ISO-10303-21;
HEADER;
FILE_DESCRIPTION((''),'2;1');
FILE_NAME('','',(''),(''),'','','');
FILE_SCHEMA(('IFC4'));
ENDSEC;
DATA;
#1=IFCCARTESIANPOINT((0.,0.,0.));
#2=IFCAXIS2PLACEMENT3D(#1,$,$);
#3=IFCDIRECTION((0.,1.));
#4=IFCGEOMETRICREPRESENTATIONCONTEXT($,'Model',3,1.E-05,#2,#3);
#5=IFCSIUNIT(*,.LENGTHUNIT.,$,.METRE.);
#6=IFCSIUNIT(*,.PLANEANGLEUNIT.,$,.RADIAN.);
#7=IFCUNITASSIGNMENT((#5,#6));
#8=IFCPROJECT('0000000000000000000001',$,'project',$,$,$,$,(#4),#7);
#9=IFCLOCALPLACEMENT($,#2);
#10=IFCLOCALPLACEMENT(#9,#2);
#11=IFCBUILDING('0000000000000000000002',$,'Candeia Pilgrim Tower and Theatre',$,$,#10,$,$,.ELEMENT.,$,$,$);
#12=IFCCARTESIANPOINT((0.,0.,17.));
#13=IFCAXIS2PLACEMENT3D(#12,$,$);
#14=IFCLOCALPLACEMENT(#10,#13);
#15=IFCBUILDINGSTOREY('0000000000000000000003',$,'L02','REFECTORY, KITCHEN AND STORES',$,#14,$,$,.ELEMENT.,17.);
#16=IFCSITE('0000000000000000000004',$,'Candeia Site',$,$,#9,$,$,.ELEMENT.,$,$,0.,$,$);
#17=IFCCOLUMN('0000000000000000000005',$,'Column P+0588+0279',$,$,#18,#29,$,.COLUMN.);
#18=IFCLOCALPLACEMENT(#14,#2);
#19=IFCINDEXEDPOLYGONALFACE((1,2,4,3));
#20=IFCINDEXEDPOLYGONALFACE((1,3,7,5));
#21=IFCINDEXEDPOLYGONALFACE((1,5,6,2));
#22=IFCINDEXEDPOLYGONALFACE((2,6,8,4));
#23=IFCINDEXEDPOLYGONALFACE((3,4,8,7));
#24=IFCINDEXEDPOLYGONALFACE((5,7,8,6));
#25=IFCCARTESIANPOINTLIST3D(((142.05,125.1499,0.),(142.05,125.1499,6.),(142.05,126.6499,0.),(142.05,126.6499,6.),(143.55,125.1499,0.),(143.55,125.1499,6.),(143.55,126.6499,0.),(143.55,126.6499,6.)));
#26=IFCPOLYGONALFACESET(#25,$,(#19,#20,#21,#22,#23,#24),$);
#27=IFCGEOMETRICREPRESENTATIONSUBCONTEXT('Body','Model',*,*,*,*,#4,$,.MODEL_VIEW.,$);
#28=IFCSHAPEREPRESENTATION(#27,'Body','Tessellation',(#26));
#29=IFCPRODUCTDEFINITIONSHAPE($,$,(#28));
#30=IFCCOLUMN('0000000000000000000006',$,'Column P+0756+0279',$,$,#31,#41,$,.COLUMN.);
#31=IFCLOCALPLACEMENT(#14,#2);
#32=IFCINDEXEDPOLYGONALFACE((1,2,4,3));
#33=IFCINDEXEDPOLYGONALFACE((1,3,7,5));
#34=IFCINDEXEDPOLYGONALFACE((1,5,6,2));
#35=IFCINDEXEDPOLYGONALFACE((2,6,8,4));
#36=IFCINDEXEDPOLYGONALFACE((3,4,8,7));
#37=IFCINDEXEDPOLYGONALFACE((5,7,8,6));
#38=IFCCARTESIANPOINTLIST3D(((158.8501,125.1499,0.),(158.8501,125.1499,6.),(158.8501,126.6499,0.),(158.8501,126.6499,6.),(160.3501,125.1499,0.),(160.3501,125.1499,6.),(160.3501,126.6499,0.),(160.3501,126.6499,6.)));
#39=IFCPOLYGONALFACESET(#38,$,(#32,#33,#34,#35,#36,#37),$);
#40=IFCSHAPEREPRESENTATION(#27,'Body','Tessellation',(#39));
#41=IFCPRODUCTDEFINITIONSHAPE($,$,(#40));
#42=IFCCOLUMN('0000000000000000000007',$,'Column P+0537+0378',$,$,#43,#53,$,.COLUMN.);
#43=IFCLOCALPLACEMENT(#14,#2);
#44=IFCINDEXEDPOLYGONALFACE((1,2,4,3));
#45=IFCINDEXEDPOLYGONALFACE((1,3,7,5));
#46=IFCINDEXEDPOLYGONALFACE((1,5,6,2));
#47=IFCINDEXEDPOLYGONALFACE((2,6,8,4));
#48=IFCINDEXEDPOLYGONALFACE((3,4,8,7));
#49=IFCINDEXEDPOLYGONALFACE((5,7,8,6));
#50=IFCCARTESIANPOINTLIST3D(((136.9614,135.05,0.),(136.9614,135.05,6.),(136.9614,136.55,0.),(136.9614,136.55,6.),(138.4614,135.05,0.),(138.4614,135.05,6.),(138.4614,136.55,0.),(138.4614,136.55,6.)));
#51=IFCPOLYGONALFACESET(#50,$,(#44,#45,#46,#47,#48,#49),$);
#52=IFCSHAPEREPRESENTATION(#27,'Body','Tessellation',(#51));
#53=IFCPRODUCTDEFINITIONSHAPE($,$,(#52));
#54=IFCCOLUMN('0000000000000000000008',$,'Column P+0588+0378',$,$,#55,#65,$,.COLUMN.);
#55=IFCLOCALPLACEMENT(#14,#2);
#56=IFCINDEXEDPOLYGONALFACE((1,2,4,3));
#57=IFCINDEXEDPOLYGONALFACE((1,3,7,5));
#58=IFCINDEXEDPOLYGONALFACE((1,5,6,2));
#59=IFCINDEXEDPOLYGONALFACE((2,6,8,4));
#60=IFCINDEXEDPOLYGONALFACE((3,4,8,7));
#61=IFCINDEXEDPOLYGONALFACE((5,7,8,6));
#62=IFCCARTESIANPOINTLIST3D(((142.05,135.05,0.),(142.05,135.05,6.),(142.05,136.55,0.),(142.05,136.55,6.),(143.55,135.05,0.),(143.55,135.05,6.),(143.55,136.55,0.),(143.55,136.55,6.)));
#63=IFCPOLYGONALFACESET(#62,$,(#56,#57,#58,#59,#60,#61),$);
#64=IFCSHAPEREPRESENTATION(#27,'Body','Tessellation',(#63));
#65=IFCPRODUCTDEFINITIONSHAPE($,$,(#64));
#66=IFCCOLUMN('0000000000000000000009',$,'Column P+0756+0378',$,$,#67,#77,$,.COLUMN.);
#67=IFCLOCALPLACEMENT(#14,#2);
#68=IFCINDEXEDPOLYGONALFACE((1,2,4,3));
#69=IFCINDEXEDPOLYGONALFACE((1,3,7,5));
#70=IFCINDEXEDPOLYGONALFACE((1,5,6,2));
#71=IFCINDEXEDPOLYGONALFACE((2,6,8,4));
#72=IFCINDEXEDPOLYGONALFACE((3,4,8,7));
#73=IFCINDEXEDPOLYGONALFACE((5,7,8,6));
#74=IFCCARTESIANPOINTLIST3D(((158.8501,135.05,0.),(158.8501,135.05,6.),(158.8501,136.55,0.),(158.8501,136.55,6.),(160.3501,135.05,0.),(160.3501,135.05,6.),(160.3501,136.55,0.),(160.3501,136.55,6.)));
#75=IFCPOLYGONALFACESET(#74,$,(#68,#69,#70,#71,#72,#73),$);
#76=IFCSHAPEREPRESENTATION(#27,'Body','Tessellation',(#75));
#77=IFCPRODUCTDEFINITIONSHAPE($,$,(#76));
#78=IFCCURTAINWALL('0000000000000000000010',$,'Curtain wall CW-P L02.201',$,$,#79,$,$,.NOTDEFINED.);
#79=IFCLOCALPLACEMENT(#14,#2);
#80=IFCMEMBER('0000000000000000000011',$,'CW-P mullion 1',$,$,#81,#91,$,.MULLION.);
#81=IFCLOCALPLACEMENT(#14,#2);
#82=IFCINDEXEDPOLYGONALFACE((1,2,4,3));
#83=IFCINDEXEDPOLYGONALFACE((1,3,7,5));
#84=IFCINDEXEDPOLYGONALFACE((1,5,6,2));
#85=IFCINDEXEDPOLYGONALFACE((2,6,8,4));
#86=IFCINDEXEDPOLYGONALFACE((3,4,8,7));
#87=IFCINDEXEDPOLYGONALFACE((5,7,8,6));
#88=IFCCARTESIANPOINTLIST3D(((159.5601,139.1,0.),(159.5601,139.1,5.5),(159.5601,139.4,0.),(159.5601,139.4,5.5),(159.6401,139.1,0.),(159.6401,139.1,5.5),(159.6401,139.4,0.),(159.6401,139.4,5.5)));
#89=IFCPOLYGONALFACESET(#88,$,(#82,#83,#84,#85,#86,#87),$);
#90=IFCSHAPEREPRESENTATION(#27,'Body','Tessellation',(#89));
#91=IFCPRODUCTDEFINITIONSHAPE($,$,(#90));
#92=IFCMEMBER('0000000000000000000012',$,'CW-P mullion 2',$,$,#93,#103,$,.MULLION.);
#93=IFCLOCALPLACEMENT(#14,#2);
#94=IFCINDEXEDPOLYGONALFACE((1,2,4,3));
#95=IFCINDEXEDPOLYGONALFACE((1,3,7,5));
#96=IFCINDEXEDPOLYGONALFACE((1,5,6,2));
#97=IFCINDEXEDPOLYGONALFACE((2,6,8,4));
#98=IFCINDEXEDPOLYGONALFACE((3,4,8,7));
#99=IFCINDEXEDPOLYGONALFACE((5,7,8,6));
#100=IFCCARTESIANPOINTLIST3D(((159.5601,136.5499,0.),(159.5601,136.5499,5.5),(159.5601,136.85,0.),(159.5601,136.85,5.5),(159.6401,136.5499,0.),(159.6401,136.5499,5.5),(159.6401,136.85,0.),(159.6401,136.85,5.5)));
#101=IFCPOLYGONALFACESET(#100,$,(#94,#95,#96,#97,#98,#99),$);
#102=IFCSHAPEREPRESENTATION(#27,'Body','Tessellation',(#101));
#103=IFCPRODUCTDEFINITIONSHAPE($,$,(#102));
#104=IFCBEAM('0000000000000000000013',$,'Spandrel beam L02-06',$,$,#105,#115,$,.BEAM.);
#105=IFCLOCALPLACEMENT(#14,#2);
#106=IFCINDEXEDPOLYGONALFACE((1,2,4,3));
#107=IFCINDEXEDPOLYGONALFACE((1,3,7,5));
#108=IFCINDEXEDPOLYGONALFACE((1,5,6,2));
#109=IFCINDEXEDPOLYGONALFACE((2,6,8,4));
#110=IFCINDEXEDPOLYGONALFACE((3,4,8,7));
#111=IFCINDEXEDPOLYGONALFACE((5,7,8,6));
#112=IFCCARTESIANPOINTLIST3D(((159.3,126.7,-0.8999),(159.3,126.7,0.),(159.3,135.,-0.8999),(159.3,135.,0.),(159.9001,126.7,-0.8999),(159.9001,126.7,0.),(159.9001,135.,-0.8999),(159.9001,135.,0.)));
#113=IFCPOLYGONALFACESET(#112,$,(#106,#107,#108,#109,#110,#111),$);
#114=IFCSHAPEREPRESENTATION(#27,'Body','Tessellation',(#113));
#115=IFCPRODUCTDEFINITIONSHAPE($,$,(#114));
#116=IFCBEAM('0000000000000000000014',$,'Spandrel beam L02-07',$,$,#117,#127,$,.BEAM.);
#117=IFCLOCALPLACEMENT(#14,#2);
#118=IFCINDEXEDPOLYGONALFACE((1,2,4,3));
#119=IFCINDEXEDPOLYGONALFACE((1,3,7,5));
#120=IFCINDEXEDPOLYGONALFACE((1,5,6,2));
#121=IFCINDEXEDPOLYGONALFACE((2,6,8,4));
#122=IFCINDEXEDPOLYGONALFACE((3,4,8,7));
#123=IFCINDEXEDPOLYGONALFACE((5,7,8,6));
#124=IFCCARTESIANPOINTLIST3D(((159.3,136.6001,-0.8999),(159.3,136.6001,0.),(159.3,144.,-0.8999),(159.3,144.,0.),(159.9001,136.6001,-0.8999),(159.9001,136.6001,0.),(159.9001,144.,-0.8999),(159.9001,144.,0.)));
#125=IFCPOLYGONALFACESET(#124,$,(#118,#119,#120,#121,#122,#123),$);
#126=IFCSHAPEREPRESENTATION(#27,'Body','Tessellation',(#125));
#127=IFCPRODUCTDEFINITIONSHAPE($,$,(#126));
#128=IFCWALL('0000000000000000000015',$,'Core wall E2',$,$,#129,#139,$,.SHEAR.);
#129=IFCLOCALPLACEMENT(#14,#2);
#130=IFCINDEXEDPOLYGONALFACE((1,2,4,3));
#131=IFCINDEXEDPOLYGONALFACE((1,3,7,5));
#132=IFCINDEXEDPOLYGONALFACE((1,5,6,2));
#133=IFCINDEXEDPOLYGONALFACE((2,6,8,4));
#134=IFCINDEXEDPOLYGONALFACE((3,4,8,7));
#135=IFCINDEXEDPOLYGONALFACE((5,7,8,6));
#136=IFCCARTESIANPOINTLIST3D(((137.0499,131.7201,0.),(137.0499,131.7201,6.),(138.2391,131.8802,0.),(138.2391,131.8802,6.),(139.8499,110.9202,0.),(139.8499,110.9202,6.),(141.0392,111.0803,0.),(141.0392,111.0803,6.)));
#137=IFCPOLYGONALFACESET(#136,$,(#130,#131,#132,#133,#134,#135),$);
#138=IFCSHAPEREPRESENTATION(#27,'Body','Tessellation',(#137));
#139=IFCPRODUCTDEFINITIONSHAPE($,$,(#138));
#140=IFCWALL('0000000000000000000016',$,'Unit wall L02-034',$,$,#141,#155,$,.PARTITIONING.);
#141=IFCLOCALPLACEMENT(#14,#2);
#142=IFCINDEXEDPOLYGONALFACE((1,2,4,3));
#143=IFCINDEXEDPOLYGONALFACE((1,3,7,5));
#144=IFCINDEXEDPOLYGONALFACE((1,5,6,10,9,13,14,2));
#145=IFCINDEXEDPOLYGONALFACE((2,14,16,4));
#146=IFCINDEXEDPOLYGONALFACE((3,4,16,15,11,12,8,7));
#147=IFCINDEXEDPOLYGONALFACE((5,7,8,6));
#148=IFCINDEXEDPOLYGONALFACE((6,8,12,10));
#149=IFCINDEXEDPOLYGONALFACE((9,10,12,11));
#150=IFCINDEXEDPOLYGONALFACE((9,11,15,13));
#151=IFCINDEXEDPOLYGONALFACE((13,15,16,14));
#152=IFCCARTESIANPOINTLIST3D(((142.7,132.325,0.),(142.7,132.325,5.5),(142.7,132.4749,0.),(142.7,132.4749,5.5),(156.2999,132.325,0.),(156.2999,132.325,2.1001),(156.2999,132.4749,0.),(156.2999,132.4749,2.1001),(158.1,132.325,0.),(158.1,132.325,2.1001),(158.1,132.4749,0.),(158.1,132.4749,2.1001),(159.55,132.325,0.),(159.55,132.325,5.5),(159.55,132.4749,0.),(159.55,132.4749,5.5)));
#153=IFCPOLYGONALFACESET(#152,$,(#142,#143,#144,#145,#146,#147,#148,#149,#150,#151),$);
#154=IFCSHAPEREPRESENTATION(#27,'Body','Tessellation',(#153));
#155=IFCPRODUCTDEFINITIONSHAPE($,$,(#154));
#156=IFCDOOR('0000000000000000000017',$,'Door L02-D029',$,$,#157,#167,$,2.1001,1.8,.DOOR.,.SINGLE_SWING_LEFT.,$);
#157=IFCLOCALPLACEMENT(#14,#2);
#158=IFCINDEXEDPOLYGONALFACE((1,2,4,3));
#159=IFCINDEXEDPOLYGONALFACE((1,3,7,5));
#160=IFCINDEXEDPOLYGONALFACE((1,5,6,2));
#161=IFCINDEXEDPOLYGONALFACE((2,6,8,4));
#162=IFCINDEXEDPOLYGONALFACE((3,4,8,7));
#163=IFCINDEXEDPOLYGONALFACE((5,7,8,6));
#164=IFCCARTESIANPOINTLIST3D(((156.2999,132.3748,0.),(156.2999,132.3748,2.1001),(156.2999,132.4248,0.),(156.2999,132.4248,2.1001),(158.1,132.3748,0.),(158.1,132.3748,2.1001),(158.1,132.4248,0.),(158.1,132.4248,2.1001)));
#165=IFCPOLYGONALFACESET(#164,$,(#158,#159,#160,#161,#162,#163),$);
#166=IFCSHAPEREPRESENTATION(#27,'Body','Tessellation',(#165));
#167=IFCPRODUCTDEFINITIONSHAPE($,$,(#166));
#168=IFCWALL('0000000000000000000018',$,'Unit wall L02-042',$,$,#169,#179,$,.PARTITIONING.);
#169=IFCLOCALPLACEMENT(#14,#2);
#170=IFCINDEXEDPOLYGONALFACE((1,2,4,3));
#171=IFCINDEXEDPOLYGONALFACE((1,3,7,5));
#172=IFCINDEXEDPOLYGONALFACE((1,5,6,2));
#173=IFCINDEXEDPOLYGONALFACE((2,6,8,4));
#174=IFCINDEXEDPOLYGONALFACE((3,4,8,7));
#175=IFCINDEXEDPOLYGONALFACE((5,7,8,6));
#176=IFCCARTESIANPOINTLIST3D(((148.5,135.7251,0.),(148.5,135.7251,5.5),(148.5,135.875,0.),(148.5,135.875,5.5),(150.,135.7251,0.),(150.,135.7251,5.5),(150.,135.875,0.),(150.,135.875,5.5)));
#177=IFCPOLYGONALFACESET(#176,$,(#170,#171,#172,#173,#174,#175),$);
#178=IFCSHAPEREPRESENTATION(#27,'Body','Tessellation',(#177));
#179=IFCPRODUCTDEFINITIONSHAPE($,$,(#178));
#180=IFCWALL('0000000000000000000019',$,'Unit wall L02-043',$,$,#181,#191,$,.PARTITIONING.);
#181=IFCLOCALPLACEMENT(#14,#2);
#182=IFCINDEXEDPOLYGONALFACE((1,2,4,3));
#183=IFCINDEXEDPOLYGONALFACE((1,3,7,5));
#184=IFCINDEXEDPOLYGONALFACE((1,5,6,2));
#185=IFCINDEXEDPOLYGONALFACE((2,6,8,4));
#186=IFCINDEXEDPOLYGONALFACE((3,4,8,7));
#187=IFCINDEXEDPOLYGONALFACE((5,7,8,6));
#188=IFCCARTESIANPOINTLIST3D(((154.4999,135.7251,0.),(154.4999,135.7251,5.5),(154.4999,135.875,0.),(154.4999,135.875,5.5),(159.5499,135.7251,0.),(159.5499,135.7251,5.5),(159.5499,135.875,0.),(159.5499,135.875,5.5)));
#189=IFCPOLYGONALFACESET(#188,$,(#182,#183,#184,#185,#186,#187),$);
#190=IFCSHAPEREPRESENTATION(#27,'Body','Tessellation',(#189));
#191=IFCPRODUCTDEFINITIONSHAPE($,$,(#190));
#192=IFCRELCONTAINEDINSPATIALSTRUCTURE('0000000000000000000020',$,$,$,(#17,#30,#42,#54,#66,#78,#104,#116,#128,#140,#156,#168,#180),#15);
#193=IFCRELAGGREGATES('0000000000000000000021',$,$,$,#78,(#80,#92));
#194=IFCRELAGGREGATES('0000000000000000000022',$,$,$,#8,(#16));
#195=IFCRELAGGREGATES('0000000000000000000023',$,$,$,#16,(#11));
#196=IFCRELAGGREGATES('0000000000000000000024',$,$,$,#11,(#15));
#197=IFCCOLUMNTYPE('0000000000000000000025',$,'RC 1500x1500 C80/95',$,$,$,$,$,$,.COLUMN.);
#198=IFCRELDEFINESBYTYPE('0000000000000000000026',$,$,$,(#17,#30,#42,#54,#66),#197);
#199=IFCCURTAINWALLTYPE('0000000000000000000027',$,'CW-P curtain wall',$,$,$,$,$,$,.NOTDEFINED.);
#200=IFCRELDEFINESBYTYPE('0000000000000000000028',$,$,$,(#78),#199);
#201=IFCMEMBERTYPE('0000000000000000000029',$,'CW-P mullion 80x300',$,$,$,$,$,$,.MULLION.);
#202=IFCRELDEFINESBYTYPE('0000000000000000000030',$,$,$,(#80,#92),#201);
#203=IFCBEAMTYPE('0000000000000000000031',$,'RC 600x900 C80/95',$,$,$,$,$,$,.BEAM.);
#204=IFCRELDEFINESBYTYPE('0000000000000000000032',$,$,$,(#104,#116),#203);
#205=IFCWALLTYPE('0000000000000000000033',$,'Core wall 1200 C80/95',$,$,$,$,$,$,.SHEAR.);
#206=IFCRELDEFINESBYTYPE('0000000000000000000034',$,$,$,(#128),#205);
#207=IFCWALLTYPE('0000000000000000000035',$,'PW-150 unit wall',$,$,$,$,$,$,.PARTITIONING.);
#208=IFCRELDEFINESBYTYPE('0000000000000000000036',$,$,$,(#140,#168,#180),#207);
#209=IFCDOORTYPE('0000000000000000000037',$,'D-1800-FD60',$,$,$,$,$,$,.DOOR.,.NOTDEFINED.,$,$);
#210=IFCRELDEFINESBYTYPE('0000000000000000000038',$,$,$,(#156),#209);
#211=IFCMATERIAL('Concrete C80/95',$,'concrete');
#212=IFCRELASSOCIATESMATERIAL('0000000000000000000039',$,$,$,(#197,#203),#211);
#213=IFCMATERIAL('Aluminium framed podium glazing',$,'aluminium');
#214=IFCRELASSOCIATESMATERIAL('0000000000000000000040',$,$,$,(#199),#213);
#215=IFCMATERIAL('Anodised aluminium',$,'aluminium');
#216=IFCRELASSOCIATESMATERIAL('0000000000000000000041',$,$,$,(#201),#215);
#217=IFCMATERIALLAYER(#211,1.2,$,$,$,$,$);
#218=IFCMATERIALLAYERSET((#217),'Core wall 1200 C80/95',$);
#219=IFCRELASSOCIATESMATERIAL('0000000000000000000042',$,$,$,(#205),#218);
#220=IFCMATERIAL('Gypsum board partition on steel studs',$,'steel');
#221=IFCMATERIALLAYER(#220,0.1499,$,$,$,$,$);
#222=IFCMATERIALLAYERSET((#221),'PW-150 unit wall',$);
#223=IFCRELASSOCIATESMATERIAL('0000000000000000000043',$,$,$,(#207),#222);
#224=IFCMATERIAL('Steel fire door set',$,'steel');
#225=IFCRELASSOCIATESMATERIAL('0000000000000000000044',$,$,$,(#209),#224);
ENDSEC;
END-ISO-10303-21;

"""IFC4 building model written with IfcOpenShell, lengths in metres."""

from ifc_helpers import new_model, si_unit, direction, frame, frame_2d, origin, origin_2d, place, context, subcontext, project, spatial, rectangle, extrude, material, layer, layer_set, material_profile, profile_set, type_object, element, fill, aggregate, save


model = new_model("IFC4")

# Units and contexts
model_context = context("Model", 3, precision=1e-05, world=origin(), true_north=direction((0.0, 1.0)))
body_context = subcontext(model_context, "Body", "Model", "MODEL_VIEW")
ifc_project = project(units=[si_unit("LENGTHUNIT", "METRE"), si_unit("PLANEANGLEUNIT", "RADIAN")], contexts=[model_context])

# Site, building, storey
site_placement = place(None, origin())
site = spatial("IfcSite", under=ifc_project, at=site_placement, Name="Candeia Site", CompositionType="ELEMENT", RefElevation=0.0)
building_placement = place(site_placement, origin())
building = spatial("IfcBuilding", under=site, at=building_placement, Name="Candeia Pilgrim Tower and Theatre", CompositionType="ELEMENT")
storey_placement = place(building_placement, frame((0.0, 0.0, 17.0)))
storey = spatial("IfcBuildingStorey", under=building, at=storey_placement, Name="L02", Description="REFECTORY, KITCHEN AND STORES", CompositionType="ELEMENT", Elevation=17.0)

# Columns
ifc_material_1 = material(Name="Concrete C80/95", Category="concrete")
ifc_material_profile_1 = material_profile(ifc_material_1, rectangle(XDim=1.5, YDim=1.5, at=origin_2d()))
ifc_profile_set_1 = profile_set([ifc_material_profile_1], Name="Concrete C80/95")
column_type = type_object("IfcColumnType", Name="RC 1500x1500 C80/95", PredefinedType="COLUMN", material=ifc_profile_set_1)
for number, where, z_axis, x_axis, name in (
    (1, (142.8, 125.8999, 0.0), (0.0, 0.0, 1.0), (1.0, 0.0, 0.0), "Column P+0588+0279"),
    (2, (159.6001, 125.8999, 0.0), (0.0, 0.0, 1.0), (1.0, 0.0, 0.0), "Column P+0756+0279"),
    (3, (137.7114, 135.8, 0.0), (0.0, 0.0, 1.0), (1.0, 0.0, 0.0), "Column P+0537+0378"),
    (4, (142.8, 135.8, 0.0), (0.0, 0.0, 1.0), (1.0, 0.0, 0.0), "Column P+0588+0378"),
    (5, (159.6001, 135.8, 0.0), (0.0, 0.0, 1.0), (1.0, 0.0, 0.0), "Column P+0756+0378"),
):
    element("IfcColumn", number, at=place(storey_placement, frame(where, z_axis=z_axis, x_axis=x_axis)), inside=storey, type_object=column_type, Name=name, PredefinedType="COLUMN", context=body_context, shape_type="SweptSolid", body=[
        extrude(rectangle(XDim=1.5, YDim=1.5, at=origin_2d()), origin(), (0.0, 0.0, 1.0), 6.0),
    ])

# Curtain wall, members
ifc_material_2 = material(Name="Aluminium framed podium glazing", Category="aluminium")
curtain_wall_type = type_object("IfcCurtainWallType", Name="CW-P curtain wall", PredefinedType="NOTDEFINED", material=ifc_material_2)
curtain_wall_placement = place(storey_placement, origin())
curtain_wall = element("IfcCurtainWall", 6, at=curtain_wall_placement, inside=storey, type_object=curtain_wall_type, Name="Curtain wall CW-P L02.201", PredefinedType="NOTDEFINED")
ifc_material_3 = material(Name="Anodised aluminium", Category="aluminium")
ifc_material_profile_2 = material_profile(ifc_material_3, rectangle(XDim=0.0801, YDim=0.3, at=origin_2d()))
ifc_profile_set_2 = profile_set([ifc_material_profile_2], Name="Anodised aluminium")
member_type = type_object("IfcMemberType", Name="CW-P mullion 80x300", PredefinedType="MULLION", material=ifc_profile_set_2)
member_1_placement = place(storey_placement, frame((159.6001, 139.25, 0.0), z_axis=(0.0, 0.0, 1.0), x_axis=(1.0, 0.0, 0.0)))
member_1 = element("IfcMember", 7, at=member_1_placement, type_object=member_type, Name="CW-P mullion 1", PredefinedType="MULLION", context=body_context, shape_type="SweptSolid", body=[
    extrude(rectangle(XDim=0.0801, YDim=0.3, at=origin_2d()), origin(), (0.0, 0.0, 1.0), 5.5),
])
member_2_placement = place(storey_placement, frame((159.6001, 136.7, 0.0), z_axis=(0.0, 0.0, 1.0), x_axis=(1.0, 0.0, 0.0)))
member_2 = element("IfcMember", 8, at=member_2_placement, type_object=member_type, Name="CW-P mullion 2", PredefinedType="MULLION", context=body_context, shape_type="SweptSolid", body=[
    extrude(rectangle(XDim=0.0801, YDim=0.3, at=origin_2d()), origin(), (0.0, 0.0, 1.0), 5.5),
])
aggregate(curtain_wall, [member_1, member_2])

# Beams
ifc_material_profile_3 = material_profile(ifc_material_1, rectangle(XDim=0.6001, YDim=0.8999, at=origin_2d()))
ifc_profile_set_3 = profile_set([ifc_material_profile_3], Name="Concrete C80/95")
beam_type = type_object("IfcBeamType", Name="RC 600x900 C80/95", PredefinedType="BEAM", material=ifc_profile_set_3)
beam_1_placement = place(storey_placement, frame((159.6001, 126.7, -0.45), z_axis=(0.0, 1.0, 0.0), x_axis=(-1.0, 0.0, 0.0)))
element("IfcBeam", 9, at=beam_1_placement, inside=storey, type_object=beam_type, Name="Spandrel beam L02-06", PredefinedType="BEAM", context=body_context, shape_type="SweptSolid", body=[
    extrude(rectangle(XDim=0.6001, YDim=0.8999, at=origin_2d()), origin(), (0.0, 0.0, 1.0), 8.3),
])
beam_2_placement = place(storey_placement, frame((159.6001, 136.6001, -0.45), z_axis=(0.0, 1.0, 0.0), x_axis=(-1.0, 0.0, 0.0)))
element("IfcBeam", 10, at=beam_2_placement, inside=storey, type_object=beam_type, Name="Spandrel beam L02-07", PredefinedType="BEAM", context=body_context, shape_type="SweptSolid", body=[
    extrude(rectangle(XDim=0.6001, YDim=0.8999, at=origin_2d()), origin(), (0.0, 0.0, 1.0), 7.3999),
])

# Wall
ifc_layer_1 = layer(ifc_material_1, 1.2)
ifc_layer_set_1 = layer_set([ifc_layer_1], Name="Core wall 1200 C80/95")
wall_type_1 = type_object("IfcWallType", Name="Core wall 1200 C80/95", PredefinedType="SHEAR", material=ifc_layer_set_1)
wall_1_placement = place(storey_placement, frame((137.6445, 131.8, 0.0), z_axis=(0.0, 0.0, 1.0), x_axis=(0.133414, -0.99106, 0.0)))
element("IfcWall", 11, at=wall_1_placement, inside=storey, type_object=wall_type_1, Name="Core wall E2", PredefinedType="SHEAR", context=body_context, shape_type="SweptSolid", body=[
    extrude(rectangle(XDim=20.9875, YDim=1.2, at=frame_2d((10.4937, 0.0))), origin(), (0.0, 0.0, 1.0), 6.0),
])

# Wall, opening, door
ifc_material_4 = material(Name="Gypsum board partition on steel studs", Category="steel")
ifc_layer_2 = layer(ifc_material_4, 0.1499)
ifc_layer_set_2 = layer_set([ifc_layer_2], Name="PW-150 unit wall")
wall_type_2 = type_object("IfcWallType", Name="PW-150 unit wall", PredefinedType="PARTITIONING", material=ifc_layer_set_2)
wall_2_placement = place(storey_placement, frame((142.7, 132.3999, 0.0), z_axis=(0.0, 0.0, 1.0), x_axis=(1.0, 0.0, 0.0)))
wall_2 = element("IfcWall", 12, at=wall_2_placement, inside=storey, type_object=wall_type_2, Name="Unit wall L02-034", PredefinedType="PARTITIONING", context=body_context, shape_type="SweptSolid", body=[
    extrude(rectangle(XDim=16.8501, YDim=0.1499, at=frame_2d((8.425, 0.0))), origin(), (0.0, 0.0, 1.0), 5.5),
])
opening_1_placement = place(wall_2_placement, frame((13.6001, 0.0, 0.0)))
opening_1 = element("IfcOpeningElement", 13, at=opening_1_placement, cuts=wall_2, PredefinedType="OPENING", context=body_context, shape_type="SweptSolid", body=[
    extrude(rectangle(XDim=1.8, YDim=2.1001, at=frame_2d((0.8999, 1.05))), frame((0.0, 0.085, 0.0), z_axis=(0.0, -1.0, 0.0), x_axis=(1.0, 0.0, 0.0)), (0.0, 0.0, 1.0), 0.1699),
])
ifc_material_5 = material(Name="Steel fire door set", Category="steel")
door_type_1 = type_object("IfcDoorType", Name="D-1800-FD60", OperationType="NOTDEFINED", PredefinedType="DOOR", material=ifc_material_5)
door_1_placement = place(opening_1_placement, origin())
door_1 = element("IfcDoor", 14, at=door_1_placement, inside=storey, type_object=door_type_1, Name="Door L02-D029", OperationType="SINGLE_SWING_LEFT", OverallHeight=2.1001, OverallWidth=1.8, PredefinedType="DOOR", context=body_context, shape_type="SweptSolid", body=[
    extrude(rectangle(XDim=1.8, YDim=2.1001, at=frame_2d((0.8999, 1.05))), frame((0.0, 0.0249, 0.0), z_axis=(0.0, -1.0, 0.0), x_axis=(1.0, 0.0, 0.0)), (0.0, 0.0, 1.0), 0.05),
])
fill(opening_1, door_1)

# Walls
wall_3_placement = place(storey_placement, frame((148.5, 135.8, 0.0), z_axis=(0.0, 0.0, 1.0), x_axis=(1.0, 0.0, 0.0)))
element("IfcWall", 15, at=wall_3_placement, inside=storey, type_object=wall_type_2, Name="Unit wall L02-042", PredefinedType="PARTITIONING", context=body_context, shape_type="SweptSolid", body=[
    extrude(rectangle(XDim=1.5, YDim=0.1499, at=frame_2d((0.75, 0.0))), origin(), (0.0, 0.0, 1.0), 5.5),
])
wall_4_placement = place(storey_placement, frame((154.5, 135.8, 0.0), z_axis=(0.0, 0.0, 1.0), x_axis=(1.0, 0.0, 0.0)))
element("IfcWall", 16, at=wall_4_placement, inside=storey, type_object=wall_type_2, Name="Unit wall L02-043", PredefinedType="PARTITIONING", context=body_context, shape_type="SweptSolid", body=[
    extrude(rectangle(XDim=5.05, YDim=0.1499, at=frame_2d((2.5249, 0.0))), origin(), (0.0, 0.0, 1.0), 5.5),
])

save(model, "model.ifc")
